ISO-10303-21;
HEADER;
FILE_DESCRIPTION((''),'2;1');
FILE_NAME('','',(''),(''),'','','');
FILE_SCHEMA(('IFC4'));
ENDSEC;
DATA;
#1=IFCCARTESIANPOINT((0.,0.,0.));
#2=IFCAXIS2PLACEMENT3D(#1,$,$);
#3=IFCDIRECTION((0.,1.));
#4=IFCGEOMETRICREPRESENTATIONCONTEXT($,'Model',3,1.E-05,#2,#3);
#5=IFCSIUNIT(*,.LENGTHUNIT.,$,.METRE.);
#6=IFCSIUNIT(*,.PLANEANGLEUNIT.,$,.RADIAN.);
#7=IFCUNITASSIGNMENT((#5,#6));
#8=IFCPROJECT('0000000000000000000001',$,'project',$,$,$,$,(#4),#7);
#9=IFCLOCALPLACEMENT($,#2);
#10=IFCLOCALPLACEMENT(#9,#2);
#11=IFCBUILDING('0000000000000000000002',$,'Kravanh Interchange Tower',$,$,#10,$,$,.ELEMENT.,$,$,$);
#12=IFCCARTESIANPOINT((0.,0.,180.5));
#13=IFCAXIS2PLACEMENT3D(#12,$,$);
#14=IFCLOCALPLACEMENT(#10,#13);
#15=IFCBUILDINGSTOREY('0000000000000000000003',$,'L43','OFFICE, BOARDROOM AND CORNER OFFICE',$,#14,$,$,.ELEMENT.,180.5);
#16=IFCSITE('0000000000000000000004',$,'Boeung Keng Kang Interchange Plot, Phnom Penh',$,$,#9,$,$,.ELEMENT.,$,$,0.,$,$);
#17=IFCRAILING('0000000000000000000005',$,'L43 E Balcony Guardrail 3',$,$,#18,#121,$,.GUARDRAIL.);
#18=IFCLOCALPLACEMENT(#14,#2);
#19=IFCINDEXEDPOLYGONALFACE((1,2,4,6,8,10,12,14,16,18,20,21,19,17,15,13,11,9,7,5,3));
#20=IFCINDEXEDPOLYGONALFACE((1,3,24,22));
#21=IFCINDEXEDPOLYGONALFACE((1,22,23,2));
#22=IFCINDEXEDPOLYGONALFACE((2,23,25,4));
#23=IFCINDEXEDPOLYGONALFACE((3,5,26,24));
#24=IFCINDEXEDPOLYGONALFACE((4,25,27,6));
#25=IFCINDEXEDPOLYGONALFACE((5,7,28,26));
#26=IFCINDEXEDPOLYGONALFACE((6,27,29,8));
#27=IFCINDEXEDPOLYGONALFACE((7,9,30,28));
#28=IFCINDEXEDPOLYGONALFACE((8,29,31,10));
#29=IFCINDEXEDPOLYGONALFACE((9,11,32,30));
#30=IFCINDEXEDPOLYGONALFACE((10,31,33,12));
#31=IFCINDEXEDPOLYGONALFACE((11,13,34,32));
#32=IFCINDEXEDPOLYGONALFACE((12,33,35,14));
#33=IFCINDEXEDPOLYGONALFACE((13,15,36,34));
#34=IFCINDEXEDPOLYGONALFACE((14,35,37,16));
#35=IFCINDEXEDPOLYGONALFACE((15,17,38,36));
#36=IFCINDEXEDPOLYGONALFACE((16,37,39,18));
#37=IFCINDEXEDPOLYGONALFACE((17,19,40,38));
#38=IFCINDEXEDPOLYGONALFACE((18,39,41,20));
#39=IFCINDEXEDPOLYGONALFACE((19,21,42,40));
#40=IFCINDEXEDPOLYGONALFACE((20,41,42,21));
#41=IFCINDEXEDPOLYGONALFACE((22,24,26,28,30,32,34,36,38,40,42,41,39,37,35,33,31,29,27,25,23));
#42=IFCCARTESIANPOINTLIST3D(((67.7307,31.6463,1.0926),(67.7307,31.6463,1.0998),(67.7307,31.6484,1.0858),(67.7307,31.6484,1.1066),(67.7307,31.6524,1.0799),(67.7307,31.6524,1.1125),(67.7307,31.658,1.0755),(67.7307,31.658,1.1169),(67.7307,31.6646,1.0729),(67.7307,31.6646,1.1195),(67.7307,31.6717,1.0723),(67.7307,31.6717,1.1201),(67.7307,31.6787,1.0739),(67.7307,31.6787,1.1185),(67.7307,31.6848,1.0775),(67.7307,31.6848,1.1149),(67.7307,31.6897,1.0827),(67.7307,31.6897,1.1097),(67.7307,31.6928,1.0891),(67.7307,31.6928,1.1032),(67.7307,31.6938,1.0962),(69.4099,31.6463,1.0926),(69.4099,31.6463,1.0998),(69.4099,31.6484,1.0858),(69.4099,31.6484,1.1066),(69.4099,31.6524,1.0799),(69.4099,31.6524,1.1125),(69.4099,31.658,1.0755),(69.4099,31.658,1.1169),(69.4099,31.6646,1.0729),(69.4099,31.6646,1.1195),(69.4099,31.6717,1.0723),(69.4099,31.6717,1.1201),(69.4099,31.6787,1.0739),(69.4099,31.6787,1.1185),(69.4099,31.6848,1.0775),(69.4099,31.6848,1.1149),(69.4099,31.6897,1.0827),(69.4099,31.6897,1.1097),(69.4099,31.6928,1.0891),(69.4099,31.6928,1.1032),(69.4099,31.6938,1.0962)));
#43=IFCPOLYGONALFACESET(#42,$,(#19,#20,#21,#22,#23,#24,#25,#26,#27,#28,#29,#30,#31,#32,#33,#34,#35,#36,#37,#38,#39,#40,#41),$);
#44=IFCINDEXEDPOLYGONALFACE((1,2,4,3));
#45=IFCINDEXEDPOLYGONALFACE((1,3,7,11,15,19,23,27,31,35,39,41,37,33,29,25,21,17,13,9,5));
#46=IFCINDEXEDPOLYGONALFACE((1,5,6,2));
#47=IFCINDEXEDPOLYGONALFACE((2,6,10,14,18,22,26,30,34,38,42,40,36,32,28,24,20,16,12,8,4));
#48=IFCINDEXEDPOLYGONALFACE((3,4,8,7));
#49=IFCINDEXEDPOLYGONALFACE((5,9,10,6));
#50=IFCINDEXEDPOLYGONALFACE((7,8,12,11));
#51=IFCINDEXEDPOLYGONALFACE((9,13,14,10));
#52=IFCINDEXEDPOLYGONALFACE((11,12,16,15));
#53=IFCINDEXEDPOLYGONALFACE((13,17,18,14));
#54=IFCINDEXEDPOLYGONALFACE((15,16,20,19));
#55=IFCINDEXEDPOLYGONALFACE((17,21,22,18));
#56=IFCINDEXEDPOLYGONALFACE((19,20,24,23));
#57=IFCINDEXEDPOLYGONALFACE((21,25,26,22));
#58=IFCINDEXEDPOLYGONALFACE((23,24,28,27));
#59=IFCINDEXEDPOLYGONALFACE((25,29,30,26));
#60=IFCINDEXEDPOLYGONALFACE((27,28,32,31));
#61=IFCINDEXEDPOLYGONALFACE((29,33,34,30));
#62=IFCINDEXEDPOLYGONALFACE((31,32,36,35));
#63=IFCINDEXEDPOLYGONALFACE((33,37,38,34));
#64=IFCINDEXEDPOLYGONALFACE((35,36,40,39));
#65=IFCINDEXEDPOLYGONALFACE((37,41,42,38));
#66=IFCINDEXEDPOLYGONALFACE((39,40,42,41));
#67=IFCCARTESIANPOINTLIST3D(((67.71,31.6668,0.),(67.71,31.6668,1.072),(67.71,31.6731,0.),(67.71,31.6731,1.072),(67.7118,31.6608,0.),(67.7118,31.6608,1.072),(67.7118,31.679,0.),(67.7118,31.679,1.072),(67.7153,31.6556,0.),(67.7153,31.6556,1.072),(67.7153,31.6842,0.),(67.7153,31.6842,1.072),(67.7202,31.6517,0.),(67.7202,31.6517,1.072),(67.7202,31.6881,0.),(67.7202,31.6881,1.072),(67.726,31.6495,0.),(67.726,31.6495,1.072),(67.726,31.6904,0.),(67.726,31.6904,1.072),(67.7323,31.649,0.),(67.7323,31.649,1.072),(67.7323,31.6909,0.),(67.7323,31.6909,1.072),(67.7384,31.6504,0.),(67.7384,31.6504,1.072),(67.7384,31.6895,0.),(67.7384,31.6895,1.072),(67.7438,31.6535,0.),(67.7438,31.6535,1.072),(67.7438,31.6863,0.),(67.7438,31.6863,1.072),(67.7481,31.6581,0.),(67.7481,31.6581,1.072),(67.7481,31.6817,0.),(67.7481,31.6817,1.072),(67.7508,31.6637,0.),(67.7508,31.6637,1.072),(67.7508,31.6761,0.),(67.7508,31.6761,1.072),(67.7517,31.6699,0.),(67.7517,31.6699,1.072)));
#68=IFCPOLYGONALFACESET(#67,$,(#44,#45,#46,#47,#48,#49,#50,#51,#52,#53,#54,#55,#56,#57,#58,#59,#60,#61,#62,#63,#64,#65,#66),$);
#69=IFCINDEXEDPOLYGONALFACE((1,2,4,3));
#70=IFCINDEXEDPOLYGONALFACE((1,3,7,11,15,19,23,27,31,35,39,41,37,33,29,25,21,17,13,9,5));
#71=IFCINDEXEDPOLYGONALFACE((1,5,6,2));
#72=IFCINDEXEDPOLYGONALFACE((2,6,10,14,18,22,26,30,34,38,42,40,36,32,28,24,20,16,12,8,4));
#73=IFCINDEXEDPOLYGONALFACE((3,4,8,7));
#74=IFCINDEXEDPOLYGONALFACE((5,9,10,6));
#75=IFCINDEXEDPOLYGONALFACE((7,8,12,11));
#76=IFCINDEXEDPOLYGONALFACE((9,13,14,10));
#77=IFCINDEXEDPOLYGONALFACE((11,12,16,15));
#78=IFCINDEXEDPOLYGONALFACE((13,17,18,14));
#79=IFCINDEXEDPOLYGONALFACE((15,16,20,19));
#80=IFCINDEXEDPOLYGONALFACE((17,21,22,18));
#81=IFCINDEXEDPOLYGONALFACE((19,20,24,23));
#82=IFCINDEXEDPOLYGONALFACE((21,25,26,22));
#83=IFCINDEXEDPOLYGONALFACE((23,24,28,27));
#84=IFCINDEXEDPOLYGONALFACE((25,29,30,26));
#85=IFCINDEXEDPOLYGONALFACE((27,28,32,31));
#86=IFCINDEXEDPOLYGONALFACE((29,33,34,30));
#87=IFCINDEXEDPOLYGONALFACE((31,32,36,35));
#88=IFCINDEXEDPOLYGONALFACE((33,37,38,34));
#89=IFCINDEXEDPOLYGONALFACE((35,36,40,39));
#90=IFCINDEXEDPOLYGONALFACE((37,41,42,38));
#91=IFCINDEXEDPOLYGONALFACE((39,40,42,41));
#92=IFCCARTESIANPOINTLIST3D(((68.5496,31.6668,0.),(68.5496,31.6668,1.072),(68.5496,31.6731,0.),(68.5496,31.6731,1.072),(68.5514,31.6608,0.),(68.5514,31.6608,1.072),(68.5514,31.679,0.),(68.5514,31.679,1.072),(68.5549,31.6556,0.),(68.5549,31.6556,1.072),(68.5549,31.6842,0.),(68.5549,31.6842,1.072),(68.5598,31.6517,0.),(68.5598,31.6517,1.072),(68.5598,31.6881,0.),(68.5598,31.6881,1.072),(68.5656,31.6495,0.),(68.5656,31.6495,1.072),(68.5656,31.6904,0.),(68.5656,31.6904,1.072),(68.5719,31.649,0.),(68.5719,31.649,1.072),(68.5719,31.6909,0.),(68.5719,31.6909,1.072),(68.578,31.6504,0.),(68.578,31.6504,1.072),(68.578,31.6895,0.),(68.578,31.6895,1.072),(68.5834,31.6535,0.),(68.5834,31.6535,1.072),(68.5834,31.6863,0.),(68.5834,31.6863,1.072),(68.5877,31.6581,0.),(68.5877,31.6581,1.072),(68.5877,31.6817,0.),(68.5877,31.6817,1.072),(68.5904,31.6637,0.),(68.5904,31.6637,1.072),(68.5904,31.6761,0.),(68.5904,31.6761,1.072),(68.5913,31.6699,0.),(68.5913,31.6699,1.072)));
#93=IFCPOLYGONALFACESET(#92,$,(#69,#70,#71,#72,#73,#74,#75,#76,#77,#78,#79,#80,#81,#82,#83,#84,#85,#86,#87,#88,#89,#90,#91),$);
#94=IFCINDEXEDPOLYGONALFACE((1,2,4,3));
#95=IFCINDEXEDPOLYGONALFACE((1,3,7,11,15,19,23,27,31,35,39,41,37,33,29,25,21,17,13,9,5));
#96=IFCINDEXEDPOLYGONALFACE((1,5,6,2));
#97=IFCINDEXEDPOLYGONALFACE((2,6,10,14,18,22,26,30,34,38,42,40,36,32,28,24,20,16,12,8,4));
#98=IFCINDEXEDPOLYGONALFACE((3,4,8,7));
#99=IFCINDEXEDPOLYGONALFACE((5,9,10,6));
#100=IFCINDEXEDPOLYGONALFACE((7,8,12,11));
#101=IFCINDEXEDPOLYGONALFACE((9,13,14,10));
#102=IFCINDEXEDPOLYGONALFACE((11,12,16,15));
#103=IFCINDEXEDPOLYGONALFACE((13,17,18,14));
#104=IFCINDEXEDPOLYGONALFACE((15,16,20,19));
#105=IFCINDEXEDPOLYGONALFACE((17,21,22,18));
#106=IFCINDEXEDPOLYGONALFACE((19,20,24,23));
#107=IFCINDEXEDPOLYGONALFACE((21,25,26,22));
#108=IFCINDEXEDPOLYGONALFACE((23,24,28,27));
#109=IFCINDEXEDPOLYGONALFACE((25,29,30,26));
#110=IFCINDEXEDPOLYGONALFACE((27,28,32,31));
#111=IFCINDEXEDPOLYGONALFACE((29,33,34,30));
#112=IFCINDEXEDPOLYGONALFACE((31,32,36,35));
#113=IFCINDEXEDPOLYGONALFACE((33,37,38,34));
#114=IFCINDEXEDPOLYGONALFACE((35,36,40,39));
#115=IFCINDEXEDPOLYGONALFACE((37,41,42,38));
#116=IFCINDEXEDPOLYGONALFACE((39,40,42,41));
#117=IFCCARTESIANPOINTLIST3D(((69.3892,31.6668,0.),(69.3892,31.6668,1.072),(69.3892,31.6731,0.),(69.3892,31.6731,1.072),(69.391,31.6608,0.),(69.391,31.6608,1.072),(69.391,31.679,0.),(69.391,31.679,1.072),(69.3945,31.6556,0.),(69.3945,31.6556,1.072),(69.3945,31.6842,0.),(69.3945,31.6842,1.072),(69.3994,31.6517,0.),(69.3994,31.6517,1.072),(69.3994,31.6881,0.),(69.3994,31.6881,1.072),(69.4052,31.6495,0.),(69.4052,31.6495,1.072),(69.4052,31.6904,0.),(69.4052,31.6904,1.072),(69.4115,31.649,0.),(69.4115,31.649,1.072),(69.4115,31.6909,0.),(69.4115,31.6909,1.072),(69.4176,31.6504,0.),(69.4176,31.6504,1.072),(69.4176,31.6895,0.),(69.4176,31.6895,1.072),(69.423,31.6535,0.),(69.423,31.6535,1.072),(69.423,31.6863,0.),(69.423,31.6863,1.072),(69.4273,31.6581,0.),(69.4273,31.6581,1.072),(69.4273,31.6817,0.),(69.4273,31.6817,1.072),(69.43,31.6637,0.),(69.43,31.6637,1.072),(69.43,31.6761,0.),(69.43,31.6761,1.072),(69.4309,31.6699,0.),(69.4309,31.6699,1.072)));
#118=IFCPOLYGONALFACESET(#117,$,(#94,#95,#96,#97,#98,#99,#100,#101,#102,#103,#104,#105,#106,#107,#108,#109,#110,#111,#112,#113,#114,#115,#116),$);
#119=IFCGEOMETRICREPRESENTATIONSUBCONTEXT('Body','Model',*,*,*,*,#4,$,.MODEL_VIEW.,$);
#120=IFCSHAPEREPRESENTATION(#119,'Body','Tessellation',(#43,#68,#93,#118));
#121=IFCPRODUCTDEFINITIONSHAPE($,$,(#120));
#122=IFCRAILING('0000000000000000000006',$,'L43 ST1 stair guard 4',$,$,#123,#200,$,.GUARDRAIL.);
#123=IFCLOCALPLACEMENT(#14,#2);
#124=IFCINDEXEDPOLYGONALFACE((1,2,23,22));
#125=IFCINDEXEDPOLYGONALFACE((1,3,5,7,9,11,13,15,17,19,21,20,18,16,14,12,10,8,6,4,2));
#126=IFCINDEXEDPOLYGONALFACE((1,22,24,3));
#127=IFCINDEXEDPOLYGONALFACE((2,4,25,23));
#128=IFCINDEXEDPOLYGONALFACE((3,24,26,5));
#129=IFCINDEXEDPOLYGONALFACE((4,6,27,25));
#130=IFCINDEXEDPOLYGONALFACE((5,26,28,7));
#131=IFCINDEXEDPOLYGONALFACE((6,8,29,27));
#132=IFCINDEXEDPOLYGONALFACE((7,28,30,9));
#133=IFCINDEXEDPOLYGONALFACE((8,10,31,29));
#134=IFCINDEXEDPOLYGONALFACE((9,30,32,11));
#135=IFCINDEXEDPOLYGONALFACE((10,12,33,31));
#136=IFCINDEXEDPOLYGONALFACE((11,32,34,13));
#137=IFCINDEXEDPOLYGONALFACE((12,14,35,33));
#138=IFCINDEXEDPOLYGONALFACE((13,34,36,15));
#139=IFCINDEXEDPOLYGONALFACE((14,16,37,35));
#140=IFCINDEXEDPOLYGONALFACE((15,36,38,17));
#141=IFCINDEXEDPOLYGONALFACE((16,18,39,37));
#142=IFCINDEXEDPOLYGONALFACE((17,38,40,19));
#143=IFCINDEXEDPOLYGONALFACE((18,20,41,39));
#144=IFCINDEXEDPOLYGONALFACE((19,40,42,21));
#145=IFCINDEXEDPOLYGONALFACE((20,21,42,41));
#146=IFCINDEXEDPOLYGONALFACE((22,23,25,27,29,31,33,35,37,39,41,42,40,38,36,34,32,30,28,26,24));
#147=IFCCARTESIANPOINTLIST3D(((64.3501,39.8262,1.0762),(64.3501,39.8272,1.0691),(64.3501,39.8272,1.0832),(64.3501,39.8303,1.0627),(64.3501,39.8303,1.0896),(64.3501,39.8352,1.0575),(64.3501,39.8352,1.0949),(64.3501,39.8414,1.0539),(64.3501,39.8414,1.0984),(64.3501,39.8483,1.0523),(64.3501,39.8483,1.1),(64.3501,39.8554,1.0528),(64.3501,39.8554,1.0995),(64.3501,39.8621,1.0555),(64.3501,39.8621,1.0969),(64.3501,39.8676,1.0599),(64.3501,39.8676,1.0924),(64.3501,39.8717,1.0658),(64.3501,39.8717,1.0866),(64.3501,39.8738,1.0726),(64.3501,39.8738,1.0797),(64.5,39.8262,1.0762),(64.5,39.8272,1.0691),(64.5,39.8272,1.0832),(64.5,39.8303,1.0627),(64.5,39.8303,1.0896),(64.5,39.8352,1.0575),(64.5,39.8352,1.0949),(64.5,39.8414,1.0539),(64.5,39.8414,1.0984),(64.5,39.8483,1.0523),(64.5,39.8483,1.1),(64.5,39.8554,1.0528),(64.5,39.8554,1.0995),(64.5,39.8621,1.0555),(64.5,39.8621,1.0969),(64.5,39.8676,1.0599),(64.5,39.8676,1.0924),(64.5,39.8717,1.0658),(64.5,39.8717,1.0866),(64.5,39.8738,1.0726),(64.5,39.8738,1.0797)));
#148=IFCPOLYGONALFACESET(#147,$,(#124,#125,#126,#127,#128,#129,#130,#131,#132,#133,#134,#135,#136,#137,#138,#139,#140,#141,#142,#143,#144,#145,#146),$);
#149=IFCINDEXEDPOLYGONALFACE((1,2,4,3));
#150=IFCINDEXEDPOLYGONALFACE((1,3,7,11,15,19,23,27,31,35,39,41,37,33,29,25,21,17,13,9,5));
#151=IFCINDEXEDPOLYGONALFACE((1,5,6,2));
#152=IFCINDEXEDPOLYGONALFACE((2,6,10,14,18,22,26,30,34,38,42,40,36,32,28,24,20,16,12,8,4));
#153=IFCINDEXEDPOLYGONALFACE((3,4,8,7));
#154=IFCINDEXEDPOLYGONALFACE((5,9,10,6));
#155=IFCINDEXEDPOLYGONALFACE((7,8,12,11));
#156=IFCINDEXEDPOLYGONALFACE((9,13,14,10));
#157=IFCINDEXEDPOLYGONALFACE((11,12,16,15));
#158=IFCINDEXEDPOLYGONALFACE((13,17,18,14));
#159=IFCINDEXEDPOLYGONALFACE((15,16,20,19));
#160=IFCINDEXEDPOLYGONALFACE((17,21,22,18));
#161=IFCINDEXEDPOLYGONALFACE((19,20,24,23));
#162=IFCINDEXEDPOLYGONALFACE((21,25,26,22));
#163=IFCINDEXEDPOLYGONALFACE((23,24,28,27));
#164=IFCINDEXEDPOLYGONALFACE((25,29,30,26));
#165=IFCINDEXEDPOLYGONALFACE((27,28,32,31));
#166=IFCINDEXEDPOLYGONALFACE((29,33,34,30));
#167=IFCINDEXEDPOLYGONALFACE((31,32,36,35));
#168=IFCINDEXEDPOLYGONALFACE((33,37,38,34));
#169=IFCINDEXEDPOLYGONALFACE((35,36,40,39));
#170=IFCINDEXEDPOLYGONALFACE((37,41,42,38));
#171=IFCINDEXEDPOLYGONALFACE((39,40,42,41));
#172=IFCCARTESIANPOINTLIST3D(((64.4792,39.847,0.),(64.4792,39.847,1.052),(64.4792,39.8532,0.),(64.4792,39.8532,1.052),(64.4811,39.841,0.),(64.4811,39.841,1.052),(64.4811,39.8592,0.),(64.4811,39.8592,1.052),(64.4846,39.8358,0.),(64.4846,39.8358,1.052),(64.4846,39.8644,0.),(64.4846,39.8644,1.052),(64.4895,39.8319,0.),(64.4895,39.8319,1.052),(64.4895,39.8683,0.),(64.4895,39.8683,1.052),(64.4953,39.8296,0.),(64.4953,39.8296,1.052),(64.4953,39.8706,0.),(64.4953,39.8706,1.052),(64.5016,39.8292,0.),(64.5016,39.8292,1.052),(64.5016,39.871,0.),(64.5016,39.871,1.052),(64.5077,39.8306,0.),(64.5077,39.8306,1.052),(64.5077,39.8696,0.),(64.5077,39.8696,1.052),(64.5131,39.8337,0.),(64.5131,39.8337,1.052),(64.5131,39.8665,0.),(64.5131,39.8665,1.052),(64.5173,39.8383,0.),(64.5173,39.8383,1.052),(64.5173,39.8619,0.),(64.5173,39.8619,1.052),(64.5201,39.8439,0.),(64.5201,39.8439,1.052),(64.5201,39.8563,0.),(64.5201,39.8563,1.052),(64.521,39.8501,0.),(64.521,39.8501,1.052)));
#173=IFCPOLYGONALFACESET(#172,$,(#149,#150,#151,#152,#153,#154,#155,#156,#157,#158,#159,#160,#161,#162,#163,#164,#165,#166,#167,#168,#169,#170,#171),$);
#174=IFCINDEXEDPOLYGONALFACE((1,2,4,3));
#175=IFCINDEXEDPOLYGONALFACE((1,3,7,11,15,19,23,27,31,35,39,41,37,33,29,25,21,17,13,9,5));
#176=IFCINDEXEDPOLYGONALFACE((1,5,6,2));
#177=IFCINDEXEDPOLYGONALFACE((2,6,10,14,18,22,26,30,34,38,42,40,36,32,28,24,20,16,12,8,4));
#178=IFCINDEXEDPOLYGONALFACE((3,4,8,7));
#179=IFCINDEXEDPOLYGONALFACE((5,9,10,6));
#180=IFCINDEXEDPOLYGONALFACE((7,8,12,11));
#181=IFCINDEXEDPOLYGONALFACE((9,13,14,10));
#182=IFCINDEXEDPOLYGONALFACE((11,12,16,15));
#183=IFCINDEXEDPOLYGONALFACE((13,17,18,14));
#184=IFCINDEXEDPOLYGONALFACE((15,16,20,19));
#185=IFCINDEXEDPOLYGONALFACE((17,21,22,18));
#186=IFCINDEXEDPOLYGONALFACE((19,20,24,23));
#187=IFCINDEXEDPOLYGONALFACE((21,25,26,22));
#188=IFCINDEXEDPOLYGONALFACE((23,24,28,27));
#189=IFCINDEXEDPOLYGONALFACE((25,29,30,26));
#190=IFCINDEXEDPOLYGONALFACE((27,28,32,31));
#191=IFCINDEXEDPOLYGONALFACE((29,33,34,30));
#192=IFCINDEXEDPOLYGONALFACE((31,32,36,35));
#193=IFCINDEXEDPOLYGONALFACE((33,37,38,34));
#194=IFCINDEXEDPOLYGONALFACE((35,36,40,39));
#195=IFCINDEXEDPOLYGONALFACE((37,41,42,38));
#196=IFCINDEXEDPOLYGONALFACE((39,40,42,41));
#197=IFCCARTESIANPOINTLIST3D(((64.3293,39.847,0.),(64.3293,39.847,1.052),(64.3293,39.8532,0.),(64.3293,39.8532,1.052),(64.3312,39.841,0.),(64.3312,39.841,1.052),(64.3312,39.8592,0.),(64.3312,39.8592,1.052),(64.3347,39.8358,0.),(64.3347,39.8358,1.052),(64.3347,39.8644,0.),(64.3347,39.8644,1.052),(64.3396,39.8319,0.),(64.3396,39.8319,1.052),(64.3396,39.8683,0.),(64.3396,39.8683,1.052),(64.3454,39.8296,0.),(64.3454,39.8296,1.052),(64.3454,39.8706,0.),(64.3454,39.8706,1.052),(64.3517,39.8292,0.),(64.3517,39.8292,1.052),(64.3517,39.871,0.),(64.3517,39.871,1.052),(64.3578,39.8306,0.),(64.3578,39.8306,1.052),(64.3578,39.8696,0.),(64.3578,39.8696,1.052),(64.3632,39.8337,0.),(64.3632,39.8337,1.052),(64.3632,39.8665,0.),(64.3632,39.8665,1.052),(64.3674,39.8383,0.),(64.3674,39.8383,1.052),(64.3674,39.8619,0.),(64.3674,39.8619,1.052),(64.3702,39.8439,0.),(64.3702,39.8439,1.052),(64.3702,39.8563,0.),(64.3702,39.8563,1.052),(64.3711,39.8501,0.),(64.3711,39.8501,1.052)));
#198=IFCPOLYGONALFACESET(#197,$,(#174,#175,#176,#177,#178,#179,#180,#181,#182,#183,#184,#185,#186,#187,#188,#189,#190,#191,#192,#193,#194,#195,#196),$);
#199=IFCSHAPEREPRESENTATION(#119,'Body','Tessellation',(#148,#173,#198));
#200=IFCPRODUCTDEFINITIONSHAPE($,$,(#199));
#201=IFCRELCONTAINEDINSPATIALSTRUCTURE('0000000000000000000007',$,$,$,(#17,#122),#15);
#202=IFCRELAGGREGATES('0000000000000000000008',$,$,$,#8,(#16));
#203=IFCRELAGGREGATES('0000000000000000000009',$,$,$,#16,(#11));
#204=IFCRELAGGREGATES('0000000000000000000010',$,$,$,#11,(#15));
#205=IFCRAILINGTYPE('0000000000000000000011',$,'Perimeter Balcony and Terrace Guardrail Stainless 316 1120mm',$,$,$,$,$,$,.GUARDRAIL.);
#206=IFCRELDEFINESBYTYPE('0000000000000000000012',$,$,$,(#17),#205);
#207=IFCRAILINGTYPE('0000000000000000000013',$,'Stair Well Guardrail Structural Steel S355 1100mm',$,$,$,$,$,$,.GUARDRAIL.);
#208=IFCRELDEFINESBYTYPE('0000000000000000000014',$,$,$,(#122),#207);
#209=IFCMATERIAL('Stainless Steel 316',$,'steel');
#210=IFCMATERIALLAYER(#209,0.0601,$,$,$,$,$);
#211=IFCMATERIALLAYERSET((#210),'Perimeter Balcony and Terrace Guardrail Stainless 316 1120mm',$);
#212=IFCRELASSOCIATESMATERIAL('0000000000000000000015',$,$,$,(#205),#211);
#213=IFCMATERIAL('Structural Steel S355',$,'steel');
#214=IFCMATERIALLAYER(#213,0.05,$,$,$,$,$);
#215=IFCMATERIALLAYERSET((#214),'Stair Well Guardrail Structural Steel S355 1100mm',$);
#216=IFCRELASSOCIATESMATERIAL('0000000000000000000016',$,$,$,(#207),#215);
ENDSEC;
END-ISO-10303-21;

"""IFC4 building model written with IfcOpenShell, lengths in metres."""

from ifc_helpers import new_model, si_unit, direction, frame, origin, origin_2d, place, context, subcontext, project, spatial, circle, extrude, material, layer, layer_set, type_object, element, save


model = new_model("IFC4")

# Units and contexts
model_context = context("Model", 3, precision=1e-05, world=origin(), true_north=direction((0.0, 1.0)))
body_context = subcontext(model_context, "Body", "Model", "MODEL_VIEW")
ifc_project = project(units=[si_unit("LENGTHUNIT", "METRE"), si_unit("PLANEANGLEUNIT", "RADIAN")], contexts=[model_context])

# Site, building, storey
site_placement = place(None, origin())
site = spatial("IfcSite", under=ifc_project, at=site_placement, Name="Boeung Keng Kang Interchange Plot, Phnom Penh", CompositionType="ELEMENT", RefElevation=0.0)
building_placement = place(site_placement, origin())
building = spatial("IfcBuilding", under=site, at=building_placement, Name="Kravanh Interchange Tower", CompositionType="ELEMENT")
storey_placement = place(building_placement, frame((0.0, 0.0, 180.5)))
storey = spatial("IfcBuildingStorey", under=building, at=storey_placement, Name="L43", Description="OFFICE, BOARDROOM AND CORNER OFFICE", CompositionType="ELEMENT", Elevation=180.5)

# Railings
ifc_material_1 = material(Name="Stainless Steel 316", Category="steel")
ifc_layer_1 = layer(ifc_material_1, 0.0601)
ifc_layer_set_1 = layer_set([ifc_layer_1], Name="Perimeter Balcony and Terrace Guardrail Stainless 316 1120mm")
railing_type_1 = type_object("IfcRailingType", Name="Perimeter Balcony and Terrace Guardrail Stainless 316 1120mm", PredefinedType="GUARDRAIL", material=ifc_layer_set_1)
railing_1_placement = place(storey_placement, frame((67.7307, 31.6699, 0.0)))
element("IfcRailing", 1, at=railing_1_placement, inside=storey, type_object=railing_type_1, Name="L43 E Balcony Guardrail 3", PredefinedType="GUARDRAIL", context=body_context, shape_type="SweptSolid", body=[
    extrude(circle(Radius=0.0239, at=origin_2d()), frame((0.0, 0.0, 1.0962), z_axis=(1.0, 0.0, 0.0), x_axis=(0.0, 1.0, 0.0)), (0.0, 0.0, 1.0), 1.6792),
    extrude(circle(Radius=0.021, at=origin_2d()), origin(), (0.0, 0.0, 1.0), 1.072),
    extrude(circle(Radius=0.021, at=origin_2d()), frame((0.8396, 0.0, 0.0)), (0.0, 0.0, 1.0), 1.072),
    extrude(circle(Radius=0.021, at=origin_2d()), frame((1.6792, 0.0, 0.0)), (0.0, 0.0, 1.0), 1.072),
])
ifc_material_2 = material(Name="Structural Steel S355", Category="steel")
ifc_layer_2 = layer(ifc_material_2, 0.05)
ifc_layer_set_2 = layer_set([ifc_layer_2], Name="Stair Well Guardrail Structural Steel S355 1100mm")
railing_type_2 = type_object("IfcRailingType", Name="Stair Well Guardrail Structural Steel S355 1100mm", PredefinedType="GUARDRAIL", material=ifc_layer_set_2)
for number, where, name in (
    (2, (64.5, 39.8501, 0.0), "L43 ST1 stair guard 4"),
):
    element("IfcRailing", number, at=place(storey_placement, frame(where)), inside=storey, type_object=railing_type_2, Name=name, PredefinedType="GUARDRAIL", context=body_context, shape_type="SweptSolid", body=[
        extrude(circle(Radius=0.0239, at=origin_2d()), frame((0.0, 0.0, 1.0762), z_axis=(-1.0, 0.0, 0.0), x_axis=(0.0, -1.0, 0.0)), (0.0, 0.0, 1.0), 0.1499),
        extrude(circle(Radius=0.021, at=origin_2d()), origin(), (0.0, 0.0, 1.0), 1.052),
        extrude(circle(Radius=0.021, at=origin_2d()), frame((-0.1499, 0.0, 0.0)), (0.0, 0.0, 1.0), 1.052),
    ])

save(model, "model.ifc")
